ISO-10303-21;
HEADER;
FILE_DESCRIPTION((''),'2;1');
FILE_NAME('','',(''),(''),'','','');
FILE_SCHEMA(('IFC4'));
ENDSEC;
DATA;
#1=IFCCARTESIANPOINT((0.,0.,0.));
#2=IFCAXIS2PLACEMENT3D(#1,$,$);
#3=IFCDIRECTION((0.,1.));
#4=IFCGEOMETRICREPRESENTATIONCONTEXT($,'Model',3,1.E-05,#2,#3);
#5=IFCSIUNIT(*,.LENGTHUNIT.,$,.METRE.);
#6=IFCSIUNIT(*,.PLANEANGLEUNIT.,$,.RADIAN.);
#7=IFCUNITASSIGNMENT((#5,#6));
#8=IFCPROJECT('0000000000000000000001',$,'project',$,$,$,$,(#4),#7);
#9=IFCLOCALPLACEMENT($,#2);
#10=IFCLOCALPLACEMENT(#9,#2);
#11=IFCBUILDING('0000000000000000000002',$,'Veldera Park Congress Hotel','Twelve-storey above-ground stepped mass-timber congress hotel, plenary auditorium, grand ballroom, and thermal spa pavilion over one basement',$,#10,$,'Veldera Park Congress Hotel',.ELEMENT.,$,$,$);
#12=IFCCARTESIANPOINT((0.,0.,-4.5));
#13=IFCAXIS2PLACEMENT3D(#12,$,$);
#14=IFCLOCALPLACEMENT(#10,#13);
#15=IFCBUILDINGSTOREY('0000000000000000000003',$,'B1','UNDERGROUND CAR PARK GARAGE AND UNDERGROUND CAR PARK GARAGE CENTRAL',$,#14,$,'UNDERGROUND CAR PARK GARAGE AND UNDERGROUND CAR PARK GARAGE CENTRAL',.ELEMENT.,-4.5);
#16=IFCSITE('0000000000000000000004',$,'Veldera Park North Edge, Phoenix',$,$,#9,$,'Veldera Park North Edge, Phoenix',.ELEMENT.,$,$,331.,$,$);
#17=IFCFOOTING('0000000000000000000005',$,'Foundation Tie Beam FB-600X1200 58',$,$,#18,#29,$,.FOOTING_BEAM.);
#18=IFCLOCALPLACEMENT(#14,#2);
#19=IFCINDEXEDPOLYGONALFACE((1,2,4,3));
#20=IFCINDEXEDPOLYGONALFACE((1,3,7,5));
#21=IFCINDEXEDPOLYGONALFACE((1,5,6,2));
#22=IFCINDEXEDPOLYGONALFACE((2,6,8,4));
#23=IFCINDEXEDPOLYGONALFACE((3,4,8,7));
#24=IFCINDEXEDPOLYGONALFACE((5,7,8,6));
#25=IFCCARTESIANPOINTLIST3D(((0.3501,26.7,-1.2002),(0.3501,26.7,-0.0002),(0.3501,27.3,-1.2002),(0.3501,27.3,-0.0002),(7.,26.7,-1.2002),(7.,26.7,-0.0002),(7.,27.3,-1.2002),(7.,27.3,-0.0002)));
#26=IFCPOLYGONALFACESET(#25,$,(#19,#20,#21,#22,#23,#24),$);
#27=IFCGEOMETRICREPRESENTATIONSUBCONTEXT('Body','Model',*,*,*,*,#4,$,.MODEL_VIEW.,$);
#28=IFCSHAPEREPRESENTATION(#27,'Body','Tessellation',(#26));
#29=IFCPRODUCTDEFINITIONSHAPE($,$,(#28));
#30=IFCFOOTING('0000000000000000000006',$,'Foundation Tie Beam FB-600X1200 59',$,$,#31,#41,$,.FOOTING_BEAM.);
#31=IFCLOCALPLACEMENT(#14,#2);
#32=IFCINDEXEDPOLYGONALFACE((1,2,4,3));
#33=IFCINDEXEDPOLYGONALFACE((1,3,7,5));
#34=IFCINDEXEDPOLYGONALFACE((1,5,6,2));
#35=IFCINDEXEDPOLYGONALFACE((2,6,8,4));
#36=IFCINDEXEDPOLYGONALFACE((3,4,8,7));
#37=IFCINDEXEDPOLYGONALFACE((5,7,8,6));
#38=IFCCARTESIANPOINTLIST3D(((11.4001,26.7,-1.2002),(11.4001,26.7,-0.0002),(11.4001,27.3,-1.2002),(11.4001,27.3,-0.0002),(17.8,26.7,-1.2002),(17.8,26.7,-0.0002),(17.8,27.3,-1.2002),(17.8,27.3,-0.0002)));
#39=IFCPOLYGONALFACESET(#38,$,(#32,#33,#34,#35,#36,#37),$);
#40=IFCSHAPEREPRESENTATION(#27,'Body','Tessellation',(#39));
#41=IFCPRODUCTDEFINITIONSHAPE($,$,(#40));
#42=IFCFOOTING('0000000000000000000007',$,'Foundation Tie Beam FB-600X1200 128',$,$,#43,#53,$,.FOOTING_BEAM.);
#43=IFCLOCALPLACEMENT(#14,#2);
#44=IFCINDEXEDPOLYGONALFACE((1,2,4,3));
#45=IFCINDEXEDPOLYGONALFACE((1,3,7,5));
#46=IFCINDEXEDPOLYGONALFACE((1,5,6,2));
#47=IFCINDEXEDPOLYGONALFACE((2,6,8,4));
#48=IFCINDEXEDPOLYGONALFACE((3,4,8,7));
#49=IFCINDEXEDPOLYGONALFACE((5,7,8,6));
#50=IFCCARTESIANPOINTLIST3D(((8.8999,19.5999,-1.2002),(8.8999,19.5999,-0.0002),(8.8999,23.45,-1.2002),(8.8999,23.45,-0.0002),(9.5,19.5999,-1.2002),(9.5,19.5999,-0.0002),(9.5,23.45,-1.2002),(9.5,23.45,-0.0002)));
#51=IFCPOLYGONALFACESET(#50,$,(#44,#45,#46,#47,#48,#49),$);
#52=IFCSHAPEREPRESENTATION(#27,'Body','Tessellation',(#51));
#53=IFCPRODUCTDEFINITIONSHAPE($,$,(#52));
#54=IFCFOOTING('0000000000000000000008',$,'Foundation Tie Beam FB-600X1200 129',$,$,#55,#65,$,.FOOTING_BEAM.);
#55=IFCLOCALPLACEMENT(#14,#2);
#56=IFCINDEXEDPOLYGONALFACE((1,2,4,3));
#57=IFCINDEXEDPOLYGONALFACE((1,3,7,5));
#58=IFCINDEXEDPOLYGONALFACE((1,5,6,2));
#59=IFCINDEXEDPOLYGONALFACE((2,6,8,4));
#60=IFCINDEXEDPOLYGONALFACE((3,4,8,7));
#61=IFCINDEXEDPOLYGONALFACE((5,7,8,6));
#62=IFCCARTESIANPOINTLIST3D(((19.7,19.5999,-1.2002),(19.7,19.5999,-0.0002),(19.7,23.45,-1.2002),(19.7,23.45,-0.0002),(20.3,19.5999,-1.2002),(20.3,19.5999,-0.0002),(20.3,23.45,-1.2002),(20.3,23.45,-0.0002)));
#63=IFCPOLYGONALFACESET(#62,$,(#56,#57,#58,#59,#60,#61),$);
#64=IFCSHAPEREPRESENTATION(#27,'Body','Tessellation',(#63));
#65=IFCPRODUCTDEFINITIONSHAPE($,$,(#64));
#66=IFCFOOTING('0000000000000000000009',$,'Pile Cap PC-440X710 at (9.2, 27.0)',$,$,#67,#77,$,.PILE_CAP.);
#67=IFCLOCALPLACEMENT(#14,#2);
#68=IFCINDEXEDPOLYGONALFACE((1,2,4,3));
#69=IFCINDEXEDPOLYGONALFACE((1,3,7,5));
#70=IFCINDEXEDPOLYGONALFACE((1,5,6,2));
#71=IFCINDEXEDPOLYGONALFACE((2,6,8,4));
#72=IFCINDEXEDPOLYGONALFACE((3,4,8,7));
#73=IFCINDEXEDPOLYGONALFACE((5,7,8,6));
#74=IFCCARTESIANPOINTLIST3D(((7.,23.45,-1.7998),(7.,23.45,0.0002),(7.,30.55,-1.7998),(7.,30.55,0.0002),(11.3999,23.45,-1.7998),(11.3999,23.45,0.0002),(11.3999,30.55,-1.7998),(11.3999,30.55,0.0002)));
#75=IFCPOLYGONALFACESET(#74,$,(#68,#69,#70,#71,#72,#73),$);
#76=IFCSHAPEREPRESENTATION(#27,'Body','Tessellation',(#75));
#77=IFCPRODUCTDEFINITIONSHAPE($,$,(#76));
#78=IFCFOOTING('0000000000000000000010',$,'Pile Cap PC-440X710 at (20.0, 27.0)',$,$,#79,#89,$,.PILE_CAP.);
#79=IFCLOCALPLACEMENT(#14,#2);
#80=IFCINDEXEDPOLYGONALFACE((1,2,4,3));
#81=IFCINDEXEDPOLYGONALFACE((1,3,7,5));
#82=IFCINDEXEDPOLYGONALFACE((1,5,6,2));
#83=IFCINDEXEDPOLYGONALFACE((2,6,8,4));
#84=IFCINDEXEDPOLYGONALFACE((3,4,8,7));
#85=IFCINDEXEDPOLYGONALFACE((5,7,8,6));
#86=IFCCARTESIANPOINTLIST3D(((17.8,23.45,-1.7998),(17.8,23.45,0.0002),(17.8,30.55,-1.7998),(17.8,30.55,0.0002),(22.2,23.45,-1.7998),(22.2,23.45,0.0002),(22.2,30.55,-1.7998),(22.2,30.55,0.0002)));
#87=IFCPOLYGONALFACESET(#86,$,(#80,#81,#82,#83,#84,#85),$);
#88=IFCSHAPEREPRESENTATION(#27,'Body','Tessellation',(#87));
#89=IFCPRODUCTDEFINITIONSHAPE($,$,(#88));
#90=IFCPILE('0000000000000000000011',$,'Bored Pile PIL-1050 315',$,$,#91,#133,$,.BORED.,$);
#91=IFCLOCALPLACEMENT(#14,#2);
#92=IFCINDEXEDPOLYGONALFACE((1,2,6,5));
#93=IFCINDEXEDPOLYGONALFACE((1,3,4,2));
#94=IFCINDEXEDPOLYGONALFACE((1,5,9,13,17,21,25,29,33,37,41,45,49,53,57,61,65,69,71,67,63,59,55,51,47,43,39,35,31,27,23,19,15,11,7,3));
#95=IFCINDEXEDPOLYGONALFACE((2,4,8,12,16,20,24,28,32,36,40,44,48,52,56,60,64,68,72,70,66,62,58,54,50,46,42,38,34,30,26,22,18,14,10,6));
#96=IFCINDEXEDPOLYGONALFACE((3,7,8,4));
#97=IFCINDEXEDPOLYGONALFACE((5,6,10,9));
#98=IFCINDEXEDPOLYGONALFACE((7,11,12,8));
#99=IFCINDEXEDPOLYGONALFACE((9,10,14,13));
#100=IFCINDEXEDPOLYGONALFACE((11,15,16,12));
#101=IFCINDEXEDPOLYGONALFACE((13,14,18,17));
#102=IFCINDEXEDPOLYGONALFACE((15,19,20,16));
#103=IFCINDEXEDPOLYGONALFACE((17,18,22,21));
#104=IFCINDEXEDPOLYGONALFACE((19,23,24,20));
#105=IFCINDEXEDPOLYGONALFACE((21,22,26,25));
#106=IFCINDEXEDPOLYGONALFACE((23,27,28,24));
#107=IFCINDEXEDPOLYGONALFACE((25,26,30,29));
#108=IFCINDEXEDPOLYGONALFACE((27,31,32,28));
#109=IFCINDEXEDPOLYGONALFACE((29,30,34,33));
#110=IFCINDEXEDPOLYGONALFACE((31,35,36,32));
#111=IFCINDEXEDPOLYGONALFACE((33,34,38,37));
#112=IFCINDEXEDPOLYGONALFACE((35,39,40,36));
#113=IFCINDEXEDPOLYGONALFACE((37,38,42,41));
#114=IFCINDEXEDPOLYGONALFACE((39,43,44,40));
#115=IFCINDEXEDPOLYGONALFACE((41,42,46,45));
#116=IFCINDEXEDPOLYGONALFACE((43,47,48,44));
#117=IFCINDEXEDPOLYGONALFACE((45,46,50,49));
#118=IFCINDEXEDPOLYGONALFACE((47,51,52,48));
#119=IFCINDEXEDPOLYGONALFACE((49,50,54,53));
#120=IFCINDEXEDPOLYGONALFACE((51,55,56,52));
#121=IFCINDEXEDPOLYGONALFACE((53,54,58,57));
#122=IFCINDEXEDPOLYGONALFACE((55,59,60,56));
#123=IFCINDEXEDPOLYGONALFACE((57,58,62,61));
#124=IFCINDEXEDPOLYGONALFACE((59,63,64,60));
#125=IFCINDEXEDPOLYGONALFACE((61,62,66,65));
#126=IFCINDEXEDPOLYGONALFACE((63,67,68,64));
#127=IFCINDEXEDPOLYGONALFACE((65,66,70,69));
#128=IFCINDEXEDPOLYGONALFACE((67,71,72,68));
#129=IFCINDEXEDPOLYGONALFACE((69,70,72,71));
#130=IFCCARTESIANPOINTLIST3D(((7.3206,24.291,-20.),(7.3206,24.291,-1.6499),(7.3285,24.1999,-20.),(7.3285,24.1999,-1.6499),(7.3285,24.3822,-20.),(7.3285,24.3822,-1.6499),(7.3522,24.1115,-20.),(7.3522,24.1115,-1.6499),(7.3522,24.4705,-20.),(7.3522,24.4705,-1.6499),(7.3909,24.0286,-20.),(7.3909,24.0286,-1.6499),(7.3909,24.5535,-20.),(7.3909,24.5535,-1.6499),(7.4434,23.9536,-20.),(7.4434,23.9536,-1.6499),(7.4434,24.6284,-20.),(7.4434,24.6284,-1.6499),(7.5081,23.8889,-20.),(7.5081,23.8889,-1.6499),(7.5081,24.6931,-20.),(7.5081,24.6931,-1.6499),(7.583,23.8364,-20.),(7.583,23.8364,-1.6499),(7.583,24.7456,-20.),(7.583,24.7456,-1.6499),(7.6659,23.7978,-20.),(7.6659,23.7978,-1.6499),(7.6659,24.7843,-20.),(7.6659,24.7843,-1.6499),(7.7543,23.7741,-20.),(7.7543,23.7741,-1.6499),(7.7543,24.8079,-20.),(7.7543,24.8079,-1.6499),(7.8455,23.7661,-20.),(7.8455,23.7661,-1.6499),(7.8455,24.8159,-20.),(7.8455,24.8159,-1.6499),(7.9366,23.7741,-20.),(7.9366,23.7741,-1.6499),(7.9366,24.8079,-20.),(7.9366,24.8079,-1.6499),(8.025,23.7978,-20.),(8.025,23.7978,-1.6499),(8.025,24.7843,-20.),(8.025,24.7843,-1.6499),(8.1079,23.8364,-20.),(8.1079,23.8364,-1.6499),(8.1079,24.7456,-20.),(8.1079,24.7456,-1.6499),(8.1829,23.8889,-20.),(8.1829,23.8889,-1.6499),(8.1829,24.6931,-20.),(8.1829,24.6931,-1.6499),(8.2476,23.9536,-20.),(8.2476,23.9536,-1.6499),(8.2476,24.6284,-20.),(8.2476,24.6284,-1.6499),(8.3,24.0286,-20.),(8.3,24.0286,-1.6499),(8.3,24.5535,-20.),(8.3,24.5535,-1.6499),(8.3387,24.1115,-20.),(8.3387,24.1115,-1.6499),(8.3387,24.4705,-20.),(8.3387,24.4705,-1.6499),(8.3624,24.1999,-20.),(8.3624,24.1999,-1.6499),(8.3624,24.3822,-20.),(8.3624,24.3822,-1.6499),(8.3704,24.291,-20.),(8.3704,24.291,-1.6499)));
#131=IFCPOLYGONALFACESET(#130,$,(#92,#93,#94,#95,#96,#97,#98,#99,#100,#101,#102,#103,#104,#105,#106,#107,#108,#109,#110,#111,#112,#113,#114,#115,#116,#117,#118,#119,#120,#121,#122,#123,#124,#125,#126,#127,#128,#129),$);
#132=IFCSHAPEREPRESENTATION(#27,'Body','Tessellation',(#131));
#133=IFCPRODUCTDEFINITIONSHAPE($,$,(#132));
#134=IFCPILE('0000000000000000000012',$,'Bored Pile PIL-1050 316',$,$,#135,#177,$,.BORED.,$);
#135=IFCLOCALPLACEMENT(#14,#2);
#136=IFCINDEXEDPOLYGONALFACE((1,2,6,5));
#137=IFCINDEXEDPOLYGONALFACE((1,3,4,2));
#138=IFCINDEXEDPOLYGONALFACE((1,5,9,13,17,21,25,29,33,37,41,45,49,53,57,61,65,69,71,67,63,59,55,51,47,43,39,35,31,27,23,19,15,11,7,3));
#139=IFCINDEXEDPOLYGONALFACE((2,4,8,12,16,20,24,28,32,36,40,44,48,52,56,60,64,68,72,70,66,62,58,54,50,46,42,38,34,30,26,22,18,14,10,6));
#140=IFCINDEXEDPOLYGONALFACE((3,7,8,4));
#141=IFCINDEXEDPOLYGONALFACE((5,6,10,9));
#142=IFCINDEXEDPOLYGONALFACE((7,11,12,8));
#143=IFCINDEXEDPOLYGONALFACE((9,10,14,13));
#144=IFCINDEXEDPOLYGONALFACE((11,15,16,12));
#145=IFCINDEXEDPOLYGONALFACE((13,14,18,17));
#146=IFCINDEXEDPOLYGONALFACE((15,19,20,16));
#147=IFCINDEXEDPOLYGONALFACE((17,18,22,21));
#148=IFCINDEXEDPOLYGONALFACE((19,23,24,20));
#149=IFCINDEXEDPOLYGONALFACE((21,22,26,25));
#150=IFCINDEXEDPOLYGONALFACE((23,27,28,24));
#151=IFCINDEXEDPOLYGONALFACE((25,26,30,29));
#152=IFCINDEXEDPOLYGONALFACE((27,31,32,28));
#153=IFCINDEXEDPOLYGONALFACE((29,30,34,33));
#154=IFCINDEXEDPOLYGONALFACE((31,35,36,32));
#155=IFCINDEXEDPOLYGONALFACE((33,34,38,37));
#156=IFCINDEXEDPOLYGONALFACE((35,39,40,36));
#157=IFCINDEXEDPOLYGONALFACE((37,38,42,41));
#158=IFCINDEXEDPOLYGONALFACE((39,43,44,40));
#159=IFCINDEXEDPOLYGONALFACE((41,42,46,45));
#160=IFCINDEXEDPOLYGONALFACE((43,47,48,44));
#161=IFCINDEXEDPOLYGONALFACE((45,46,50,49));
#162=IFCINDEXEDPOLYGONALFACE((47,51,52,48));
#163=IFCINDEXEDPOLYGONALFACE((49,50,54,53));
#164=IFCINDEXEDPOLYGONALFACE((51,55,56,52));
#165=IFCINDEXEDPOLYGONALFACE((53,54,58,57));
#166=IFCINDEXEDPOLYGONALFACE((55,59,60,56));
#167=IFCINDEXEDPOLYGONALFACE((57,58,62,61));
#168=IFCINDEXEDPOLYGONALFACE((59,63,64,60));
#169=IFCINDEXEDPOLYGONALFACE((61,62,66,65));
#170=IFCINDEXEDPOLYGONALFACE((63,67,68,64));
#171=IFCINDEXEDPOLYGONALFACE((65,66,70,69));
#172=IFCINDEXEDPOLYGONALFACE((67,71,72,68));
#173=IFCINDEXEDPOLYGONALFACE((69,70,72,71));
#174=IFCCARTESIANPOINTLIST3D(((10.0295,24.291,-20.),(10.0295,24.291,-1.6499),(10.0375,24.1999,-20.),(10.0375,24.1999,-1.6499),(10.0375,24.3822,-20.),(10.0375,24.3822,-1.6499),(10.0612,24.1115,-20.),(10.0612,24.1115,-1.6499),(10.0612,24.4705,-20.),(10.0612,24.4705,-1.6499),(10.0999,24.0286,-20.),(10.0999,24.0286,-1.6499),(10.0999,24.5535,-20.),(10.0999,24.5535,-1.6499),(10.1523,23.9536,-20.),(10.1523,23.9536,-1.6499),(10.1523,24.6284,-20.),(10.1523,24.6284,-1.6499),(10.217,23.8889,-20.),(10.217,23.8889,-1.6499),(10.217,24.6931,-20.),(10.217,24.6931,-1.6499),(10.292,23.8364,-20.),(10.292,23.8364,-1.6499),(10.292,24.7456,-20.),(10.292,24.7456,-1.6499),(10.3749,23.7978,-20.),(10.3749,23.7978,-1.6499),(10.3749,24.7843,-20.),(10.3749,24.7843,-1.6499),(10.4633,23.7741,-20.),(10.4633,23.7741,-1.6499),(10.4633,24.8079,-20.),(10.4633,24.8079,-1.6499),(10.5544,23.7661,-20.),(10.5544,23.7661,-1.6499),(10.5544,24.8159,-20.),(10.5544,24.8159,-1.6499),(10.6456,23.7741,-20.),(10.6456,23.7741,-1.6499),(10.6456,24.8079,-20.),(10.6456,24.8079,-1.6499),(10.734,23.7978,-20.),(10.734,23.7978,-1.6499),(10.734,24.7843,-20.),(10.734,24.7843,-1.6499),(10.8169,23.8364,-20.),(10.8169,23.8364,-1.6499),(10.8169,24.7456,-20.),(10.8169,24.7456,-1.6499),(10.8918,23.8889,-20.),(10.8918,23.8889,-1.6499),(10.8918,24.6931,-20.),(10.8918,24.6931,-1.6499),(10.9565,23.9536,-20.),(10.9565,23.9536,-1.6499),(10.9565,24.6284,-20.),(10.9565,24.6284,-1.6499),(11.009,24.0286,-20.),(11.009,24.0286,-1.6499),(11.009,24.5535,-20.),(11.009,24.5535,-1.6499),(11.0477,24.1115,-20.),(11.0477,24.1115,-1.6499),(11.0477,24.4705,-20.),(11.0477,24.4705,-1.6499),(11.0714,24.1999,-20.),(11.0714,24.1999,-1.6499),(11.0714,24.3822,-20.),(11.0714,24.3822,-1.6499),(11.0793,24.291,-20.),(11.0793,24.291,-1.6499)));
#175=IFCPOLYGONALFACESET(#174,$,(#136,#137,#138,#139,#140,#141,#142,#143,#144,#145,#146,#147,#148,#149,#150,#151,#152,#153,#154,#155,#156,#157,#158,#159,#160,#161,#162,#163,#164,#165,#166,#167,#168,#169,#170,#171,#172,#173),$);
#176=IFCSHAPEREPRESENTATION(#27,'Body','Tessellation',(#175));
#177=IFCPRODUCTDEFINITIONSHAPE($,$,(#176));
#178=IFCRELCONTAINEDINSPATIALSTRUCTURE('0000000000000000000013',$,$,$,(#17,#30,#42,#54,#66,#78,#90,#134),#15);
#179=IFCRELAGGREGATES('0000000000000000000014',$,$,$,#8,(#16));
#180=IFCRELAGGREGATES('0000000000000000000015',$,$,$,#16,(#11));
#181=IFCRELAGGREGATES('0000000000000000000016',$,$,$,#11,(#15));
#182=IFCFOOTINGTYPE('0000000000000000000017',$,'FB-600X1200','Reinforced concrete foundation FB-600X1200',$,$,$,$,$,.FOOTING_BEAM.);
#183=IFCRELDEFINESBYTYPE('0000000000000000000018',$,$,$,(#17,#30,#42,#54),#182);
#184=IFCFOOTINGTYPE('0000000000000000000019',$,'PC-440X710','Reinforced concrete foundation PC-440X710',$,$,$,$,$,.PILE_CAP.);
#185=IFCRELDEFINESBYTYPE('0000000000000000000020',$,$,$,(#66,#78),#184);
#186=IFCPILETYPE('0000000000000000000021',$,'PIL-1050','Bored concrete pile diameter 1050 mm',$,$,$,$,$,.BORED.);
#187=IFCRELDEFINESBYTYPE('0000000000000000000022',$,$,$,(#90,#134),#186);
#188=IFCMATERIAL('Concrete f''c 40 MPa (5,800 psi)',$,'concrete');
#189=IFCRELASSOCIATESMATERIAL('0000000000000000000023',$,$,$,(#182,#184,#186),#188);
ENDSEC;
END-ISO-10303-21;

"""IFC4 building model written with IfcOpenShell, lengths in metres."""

from ifc_helpers import new_model, si_unit, direction, frame, origin, origin_2d, place, context, subcontext, project, spatial, rectangle, circle, extrude, material, material_profile, profile_set, type_object, element, save


model = new_model("IFC4")

# Units and contexts
model_context = context("Model", 3, precision=1e-05, world=origin(), true_north=direction((0.0, 1.0)))
body_context = subcontext(model_context, "Body", "Model", "MODEL_VIEW")
ifc_project = project(units=[si_unit("LENGTHUNIT", "METRE"), si_unit("PLANEANGLEUNIT", "RADIAN")], contexts=[model_context])

# Site, building, storey
site_placement = place(None, origin())
site = spatial("IfcSite", under=ifc_project, at=site_placement, Name="Veldera Park North Edge, Phoenix", LongName="Veldera Park North Edge, Phoenix", CompositionType="ELEMENT", RefElevation=331.0)
building_placement = place(site_placement, origin())
building = spatial("IfcBuilding", under=site, at=building_placement, Name="Veldera Park Congress Hotel", Description="Twelve-storey above-ground stepped mass-timber congress hotel, plenary auditorium, grand ballroom, and thermal spa pavilion over one basement", LongName="Veldera Park Congress Hotel", CompositionType="ELEMENT")
storey_placement = place(building_placement, frame((0.0, 0.0, -4.5)))
storey = spatial("IfcBuildingStorey", under=building, at=storey_placement, Name="B1", Description="UNDERGROUND CAR PARK GARAGE AND UNDERGROUND CAR PARK GARAGE CENTRAL", LongName="UNDERGROUND CAR PARK GARAGE AND UNDERGROUND CAR PARK GARAGE CENTRAL", CompositionType="ELEMENT", Elevation=-4.5)

# Footings
ifc_material_1 = material(Name="Concrete f'c 40 MPa (5,800 psi)", Category="concrete")
footing_type_1 = type_object("IfcFootingType", Name="FB-600X1200", Description="Reinforced concrete foundation FB-600X1200", PredefinedType="FOOTING_BEAM", material=ifc_material_1)
footing_1_placement = place(storey_placement, frame((3.675, 27.0, -1.2002), z_axis=(0.0, 0.0, 1.0), x_axis=(1.0, 0.0, 0.0)))
element("IfcFooting", 1, at=footing_1_placement, inside=storey, type_object=footing_type_1, Name="Foundation Tie Beam FB-600X1200 58", PredefinedType="FOOTING_BEAM", context=body_context, shape_type="SweptSolid", body=[
    extrude(rectangle(XDim=6.6499, YDim=0.6001, at=origin_2d()), origin(), (0.0, 0.0, 1.0), 1.2),
])
footing_2_placement = place(storey_placement, frame((14.6001, 27.0, -1.2002), z_axis=(0.0, 0.0, 1.0), x_axis=(1.0, 0.0, 0.0)))
element("IfcFooting", 2, at=footing_2_placement, inside=storey, type_object=footing_type_1, Name="Foundation Tie Beam FB-600X1200 59", PredefinedType="FOOTING_BEAM", context=body_context, shape_type="SweptSolid", body=[
    extrude(rectangle(XDim=6.3999, YDim=0.6001, at=origin_2d()), origin(), (0.0, 0.0, 1.0), 1.2),
])
for number, where, z_axis, x_axis, name in (
    (3, (9.2, 21.5249, -1.2002), (0.0, 0.0, 1.0), (0.0, 1.0, 0.0), "Foundation Tie Beam FB-600X1200 128"),
    (4, (20.0, 21.5249, -1.2002), (0.0, 0.0, 1.0), (0.0, 1.0, 0.0), "Foundation Tie Beam FB-600X1200 129"),
):
    element("IfcFooting", number, at=place(storey_placement, frame(where, z_axis=z_axis, x_axis=x_axis)), inside=storey, type_object=footing_type_1, Name=name, PredefinedType="FOOTING_BEAM", context=body_context, shape_type="SweptSolid", body=[
        extrude(rectangle(XDim=3.8501, YDim=0.6001, at=origin_2d()), origin(), (0.0, 0.0, 1.0), 1.2),
    ])
footing_type_2 = type_object("IfcFootingType", Name="PC-440X710", Description="Reinforced concrete foundation PC-440X710", PredefinedType="PILE_CAP", material=ifc_material_1)
for number, where, z_axis, x_axis, name in (
    (5, (9.2, 27.0, -1.7998), (0.0, 0.0, 1.0), (1.0, 0.0, 0.0), "Pile Cap PC-440X710 at (9.2, 27.0)"),
    (6, (20.0, 27.0, -1.7998), (0.0, 0.0, 1.0), (1.0, 0.0, 0.0), "Pile Cap PC-440X710 at (20.0, 27.0)"),
):
    element("IfcFooting", number, at=place(storey_placement, frame(where, z_axis=z_axis, x_axis=x_axis)), inside=storey, type_object=footing_type_2, Name=name, PredefinedType="PILE_CAP", context=body_context, shape_type="SweptSolid", body=[
        extrude(rectangle(XDim=4.3999, YDim=7.1001, at=origin_2d()), origin(), (0.0, 0.0, 1.0), 1.8),
    ])

# Piles
ifc_material_profile_1 = material_profile(ifc_material_1, circle(Radius=0.5249, at=origin_2d()), Name="PILE D1050")
ifc_profile_set_1 = profile_set([ifc_material_profile_1], Name="Concrete f'c 40 MPa (5,800 psi)")
pile_type_1 = type_object("IfcPileType", Name="PIL-1050", Description="Bored concrete pile diameter 1050 mm", PredefinedType="BORED", material=ifc_profile_set_1)
for number, where, z_axis, x_axis, name in (
    (7, (7.8455, 24.291, -1.6499), (0.0, 0.0, -1.0), (1.0, 0.0, 0.0), "Bored Pile PIL-1050 315"),
    (8, (10.5544, 24.291, -1.6499), (0.0, 0.0, -1.0), (1.0, 0.0, 0.0), "Bored Pile PIL-1050 316"),
):
    element("IfcPile", number, at=place(storey_placement, frame(where, z_axis=z_axis, x_axis=x_axis)), inside=storey, type_object=pile_type_1, Name=name, PredefinedType="BORED", context=body_context, shape_type="SweptSolid", body=[
        extrude(circle(Radius=0.5249, at=origin_2d()), origin(), (0.0, 0.0, 1.0), 18.3501),
    ])

save(model, "model.ifc")
